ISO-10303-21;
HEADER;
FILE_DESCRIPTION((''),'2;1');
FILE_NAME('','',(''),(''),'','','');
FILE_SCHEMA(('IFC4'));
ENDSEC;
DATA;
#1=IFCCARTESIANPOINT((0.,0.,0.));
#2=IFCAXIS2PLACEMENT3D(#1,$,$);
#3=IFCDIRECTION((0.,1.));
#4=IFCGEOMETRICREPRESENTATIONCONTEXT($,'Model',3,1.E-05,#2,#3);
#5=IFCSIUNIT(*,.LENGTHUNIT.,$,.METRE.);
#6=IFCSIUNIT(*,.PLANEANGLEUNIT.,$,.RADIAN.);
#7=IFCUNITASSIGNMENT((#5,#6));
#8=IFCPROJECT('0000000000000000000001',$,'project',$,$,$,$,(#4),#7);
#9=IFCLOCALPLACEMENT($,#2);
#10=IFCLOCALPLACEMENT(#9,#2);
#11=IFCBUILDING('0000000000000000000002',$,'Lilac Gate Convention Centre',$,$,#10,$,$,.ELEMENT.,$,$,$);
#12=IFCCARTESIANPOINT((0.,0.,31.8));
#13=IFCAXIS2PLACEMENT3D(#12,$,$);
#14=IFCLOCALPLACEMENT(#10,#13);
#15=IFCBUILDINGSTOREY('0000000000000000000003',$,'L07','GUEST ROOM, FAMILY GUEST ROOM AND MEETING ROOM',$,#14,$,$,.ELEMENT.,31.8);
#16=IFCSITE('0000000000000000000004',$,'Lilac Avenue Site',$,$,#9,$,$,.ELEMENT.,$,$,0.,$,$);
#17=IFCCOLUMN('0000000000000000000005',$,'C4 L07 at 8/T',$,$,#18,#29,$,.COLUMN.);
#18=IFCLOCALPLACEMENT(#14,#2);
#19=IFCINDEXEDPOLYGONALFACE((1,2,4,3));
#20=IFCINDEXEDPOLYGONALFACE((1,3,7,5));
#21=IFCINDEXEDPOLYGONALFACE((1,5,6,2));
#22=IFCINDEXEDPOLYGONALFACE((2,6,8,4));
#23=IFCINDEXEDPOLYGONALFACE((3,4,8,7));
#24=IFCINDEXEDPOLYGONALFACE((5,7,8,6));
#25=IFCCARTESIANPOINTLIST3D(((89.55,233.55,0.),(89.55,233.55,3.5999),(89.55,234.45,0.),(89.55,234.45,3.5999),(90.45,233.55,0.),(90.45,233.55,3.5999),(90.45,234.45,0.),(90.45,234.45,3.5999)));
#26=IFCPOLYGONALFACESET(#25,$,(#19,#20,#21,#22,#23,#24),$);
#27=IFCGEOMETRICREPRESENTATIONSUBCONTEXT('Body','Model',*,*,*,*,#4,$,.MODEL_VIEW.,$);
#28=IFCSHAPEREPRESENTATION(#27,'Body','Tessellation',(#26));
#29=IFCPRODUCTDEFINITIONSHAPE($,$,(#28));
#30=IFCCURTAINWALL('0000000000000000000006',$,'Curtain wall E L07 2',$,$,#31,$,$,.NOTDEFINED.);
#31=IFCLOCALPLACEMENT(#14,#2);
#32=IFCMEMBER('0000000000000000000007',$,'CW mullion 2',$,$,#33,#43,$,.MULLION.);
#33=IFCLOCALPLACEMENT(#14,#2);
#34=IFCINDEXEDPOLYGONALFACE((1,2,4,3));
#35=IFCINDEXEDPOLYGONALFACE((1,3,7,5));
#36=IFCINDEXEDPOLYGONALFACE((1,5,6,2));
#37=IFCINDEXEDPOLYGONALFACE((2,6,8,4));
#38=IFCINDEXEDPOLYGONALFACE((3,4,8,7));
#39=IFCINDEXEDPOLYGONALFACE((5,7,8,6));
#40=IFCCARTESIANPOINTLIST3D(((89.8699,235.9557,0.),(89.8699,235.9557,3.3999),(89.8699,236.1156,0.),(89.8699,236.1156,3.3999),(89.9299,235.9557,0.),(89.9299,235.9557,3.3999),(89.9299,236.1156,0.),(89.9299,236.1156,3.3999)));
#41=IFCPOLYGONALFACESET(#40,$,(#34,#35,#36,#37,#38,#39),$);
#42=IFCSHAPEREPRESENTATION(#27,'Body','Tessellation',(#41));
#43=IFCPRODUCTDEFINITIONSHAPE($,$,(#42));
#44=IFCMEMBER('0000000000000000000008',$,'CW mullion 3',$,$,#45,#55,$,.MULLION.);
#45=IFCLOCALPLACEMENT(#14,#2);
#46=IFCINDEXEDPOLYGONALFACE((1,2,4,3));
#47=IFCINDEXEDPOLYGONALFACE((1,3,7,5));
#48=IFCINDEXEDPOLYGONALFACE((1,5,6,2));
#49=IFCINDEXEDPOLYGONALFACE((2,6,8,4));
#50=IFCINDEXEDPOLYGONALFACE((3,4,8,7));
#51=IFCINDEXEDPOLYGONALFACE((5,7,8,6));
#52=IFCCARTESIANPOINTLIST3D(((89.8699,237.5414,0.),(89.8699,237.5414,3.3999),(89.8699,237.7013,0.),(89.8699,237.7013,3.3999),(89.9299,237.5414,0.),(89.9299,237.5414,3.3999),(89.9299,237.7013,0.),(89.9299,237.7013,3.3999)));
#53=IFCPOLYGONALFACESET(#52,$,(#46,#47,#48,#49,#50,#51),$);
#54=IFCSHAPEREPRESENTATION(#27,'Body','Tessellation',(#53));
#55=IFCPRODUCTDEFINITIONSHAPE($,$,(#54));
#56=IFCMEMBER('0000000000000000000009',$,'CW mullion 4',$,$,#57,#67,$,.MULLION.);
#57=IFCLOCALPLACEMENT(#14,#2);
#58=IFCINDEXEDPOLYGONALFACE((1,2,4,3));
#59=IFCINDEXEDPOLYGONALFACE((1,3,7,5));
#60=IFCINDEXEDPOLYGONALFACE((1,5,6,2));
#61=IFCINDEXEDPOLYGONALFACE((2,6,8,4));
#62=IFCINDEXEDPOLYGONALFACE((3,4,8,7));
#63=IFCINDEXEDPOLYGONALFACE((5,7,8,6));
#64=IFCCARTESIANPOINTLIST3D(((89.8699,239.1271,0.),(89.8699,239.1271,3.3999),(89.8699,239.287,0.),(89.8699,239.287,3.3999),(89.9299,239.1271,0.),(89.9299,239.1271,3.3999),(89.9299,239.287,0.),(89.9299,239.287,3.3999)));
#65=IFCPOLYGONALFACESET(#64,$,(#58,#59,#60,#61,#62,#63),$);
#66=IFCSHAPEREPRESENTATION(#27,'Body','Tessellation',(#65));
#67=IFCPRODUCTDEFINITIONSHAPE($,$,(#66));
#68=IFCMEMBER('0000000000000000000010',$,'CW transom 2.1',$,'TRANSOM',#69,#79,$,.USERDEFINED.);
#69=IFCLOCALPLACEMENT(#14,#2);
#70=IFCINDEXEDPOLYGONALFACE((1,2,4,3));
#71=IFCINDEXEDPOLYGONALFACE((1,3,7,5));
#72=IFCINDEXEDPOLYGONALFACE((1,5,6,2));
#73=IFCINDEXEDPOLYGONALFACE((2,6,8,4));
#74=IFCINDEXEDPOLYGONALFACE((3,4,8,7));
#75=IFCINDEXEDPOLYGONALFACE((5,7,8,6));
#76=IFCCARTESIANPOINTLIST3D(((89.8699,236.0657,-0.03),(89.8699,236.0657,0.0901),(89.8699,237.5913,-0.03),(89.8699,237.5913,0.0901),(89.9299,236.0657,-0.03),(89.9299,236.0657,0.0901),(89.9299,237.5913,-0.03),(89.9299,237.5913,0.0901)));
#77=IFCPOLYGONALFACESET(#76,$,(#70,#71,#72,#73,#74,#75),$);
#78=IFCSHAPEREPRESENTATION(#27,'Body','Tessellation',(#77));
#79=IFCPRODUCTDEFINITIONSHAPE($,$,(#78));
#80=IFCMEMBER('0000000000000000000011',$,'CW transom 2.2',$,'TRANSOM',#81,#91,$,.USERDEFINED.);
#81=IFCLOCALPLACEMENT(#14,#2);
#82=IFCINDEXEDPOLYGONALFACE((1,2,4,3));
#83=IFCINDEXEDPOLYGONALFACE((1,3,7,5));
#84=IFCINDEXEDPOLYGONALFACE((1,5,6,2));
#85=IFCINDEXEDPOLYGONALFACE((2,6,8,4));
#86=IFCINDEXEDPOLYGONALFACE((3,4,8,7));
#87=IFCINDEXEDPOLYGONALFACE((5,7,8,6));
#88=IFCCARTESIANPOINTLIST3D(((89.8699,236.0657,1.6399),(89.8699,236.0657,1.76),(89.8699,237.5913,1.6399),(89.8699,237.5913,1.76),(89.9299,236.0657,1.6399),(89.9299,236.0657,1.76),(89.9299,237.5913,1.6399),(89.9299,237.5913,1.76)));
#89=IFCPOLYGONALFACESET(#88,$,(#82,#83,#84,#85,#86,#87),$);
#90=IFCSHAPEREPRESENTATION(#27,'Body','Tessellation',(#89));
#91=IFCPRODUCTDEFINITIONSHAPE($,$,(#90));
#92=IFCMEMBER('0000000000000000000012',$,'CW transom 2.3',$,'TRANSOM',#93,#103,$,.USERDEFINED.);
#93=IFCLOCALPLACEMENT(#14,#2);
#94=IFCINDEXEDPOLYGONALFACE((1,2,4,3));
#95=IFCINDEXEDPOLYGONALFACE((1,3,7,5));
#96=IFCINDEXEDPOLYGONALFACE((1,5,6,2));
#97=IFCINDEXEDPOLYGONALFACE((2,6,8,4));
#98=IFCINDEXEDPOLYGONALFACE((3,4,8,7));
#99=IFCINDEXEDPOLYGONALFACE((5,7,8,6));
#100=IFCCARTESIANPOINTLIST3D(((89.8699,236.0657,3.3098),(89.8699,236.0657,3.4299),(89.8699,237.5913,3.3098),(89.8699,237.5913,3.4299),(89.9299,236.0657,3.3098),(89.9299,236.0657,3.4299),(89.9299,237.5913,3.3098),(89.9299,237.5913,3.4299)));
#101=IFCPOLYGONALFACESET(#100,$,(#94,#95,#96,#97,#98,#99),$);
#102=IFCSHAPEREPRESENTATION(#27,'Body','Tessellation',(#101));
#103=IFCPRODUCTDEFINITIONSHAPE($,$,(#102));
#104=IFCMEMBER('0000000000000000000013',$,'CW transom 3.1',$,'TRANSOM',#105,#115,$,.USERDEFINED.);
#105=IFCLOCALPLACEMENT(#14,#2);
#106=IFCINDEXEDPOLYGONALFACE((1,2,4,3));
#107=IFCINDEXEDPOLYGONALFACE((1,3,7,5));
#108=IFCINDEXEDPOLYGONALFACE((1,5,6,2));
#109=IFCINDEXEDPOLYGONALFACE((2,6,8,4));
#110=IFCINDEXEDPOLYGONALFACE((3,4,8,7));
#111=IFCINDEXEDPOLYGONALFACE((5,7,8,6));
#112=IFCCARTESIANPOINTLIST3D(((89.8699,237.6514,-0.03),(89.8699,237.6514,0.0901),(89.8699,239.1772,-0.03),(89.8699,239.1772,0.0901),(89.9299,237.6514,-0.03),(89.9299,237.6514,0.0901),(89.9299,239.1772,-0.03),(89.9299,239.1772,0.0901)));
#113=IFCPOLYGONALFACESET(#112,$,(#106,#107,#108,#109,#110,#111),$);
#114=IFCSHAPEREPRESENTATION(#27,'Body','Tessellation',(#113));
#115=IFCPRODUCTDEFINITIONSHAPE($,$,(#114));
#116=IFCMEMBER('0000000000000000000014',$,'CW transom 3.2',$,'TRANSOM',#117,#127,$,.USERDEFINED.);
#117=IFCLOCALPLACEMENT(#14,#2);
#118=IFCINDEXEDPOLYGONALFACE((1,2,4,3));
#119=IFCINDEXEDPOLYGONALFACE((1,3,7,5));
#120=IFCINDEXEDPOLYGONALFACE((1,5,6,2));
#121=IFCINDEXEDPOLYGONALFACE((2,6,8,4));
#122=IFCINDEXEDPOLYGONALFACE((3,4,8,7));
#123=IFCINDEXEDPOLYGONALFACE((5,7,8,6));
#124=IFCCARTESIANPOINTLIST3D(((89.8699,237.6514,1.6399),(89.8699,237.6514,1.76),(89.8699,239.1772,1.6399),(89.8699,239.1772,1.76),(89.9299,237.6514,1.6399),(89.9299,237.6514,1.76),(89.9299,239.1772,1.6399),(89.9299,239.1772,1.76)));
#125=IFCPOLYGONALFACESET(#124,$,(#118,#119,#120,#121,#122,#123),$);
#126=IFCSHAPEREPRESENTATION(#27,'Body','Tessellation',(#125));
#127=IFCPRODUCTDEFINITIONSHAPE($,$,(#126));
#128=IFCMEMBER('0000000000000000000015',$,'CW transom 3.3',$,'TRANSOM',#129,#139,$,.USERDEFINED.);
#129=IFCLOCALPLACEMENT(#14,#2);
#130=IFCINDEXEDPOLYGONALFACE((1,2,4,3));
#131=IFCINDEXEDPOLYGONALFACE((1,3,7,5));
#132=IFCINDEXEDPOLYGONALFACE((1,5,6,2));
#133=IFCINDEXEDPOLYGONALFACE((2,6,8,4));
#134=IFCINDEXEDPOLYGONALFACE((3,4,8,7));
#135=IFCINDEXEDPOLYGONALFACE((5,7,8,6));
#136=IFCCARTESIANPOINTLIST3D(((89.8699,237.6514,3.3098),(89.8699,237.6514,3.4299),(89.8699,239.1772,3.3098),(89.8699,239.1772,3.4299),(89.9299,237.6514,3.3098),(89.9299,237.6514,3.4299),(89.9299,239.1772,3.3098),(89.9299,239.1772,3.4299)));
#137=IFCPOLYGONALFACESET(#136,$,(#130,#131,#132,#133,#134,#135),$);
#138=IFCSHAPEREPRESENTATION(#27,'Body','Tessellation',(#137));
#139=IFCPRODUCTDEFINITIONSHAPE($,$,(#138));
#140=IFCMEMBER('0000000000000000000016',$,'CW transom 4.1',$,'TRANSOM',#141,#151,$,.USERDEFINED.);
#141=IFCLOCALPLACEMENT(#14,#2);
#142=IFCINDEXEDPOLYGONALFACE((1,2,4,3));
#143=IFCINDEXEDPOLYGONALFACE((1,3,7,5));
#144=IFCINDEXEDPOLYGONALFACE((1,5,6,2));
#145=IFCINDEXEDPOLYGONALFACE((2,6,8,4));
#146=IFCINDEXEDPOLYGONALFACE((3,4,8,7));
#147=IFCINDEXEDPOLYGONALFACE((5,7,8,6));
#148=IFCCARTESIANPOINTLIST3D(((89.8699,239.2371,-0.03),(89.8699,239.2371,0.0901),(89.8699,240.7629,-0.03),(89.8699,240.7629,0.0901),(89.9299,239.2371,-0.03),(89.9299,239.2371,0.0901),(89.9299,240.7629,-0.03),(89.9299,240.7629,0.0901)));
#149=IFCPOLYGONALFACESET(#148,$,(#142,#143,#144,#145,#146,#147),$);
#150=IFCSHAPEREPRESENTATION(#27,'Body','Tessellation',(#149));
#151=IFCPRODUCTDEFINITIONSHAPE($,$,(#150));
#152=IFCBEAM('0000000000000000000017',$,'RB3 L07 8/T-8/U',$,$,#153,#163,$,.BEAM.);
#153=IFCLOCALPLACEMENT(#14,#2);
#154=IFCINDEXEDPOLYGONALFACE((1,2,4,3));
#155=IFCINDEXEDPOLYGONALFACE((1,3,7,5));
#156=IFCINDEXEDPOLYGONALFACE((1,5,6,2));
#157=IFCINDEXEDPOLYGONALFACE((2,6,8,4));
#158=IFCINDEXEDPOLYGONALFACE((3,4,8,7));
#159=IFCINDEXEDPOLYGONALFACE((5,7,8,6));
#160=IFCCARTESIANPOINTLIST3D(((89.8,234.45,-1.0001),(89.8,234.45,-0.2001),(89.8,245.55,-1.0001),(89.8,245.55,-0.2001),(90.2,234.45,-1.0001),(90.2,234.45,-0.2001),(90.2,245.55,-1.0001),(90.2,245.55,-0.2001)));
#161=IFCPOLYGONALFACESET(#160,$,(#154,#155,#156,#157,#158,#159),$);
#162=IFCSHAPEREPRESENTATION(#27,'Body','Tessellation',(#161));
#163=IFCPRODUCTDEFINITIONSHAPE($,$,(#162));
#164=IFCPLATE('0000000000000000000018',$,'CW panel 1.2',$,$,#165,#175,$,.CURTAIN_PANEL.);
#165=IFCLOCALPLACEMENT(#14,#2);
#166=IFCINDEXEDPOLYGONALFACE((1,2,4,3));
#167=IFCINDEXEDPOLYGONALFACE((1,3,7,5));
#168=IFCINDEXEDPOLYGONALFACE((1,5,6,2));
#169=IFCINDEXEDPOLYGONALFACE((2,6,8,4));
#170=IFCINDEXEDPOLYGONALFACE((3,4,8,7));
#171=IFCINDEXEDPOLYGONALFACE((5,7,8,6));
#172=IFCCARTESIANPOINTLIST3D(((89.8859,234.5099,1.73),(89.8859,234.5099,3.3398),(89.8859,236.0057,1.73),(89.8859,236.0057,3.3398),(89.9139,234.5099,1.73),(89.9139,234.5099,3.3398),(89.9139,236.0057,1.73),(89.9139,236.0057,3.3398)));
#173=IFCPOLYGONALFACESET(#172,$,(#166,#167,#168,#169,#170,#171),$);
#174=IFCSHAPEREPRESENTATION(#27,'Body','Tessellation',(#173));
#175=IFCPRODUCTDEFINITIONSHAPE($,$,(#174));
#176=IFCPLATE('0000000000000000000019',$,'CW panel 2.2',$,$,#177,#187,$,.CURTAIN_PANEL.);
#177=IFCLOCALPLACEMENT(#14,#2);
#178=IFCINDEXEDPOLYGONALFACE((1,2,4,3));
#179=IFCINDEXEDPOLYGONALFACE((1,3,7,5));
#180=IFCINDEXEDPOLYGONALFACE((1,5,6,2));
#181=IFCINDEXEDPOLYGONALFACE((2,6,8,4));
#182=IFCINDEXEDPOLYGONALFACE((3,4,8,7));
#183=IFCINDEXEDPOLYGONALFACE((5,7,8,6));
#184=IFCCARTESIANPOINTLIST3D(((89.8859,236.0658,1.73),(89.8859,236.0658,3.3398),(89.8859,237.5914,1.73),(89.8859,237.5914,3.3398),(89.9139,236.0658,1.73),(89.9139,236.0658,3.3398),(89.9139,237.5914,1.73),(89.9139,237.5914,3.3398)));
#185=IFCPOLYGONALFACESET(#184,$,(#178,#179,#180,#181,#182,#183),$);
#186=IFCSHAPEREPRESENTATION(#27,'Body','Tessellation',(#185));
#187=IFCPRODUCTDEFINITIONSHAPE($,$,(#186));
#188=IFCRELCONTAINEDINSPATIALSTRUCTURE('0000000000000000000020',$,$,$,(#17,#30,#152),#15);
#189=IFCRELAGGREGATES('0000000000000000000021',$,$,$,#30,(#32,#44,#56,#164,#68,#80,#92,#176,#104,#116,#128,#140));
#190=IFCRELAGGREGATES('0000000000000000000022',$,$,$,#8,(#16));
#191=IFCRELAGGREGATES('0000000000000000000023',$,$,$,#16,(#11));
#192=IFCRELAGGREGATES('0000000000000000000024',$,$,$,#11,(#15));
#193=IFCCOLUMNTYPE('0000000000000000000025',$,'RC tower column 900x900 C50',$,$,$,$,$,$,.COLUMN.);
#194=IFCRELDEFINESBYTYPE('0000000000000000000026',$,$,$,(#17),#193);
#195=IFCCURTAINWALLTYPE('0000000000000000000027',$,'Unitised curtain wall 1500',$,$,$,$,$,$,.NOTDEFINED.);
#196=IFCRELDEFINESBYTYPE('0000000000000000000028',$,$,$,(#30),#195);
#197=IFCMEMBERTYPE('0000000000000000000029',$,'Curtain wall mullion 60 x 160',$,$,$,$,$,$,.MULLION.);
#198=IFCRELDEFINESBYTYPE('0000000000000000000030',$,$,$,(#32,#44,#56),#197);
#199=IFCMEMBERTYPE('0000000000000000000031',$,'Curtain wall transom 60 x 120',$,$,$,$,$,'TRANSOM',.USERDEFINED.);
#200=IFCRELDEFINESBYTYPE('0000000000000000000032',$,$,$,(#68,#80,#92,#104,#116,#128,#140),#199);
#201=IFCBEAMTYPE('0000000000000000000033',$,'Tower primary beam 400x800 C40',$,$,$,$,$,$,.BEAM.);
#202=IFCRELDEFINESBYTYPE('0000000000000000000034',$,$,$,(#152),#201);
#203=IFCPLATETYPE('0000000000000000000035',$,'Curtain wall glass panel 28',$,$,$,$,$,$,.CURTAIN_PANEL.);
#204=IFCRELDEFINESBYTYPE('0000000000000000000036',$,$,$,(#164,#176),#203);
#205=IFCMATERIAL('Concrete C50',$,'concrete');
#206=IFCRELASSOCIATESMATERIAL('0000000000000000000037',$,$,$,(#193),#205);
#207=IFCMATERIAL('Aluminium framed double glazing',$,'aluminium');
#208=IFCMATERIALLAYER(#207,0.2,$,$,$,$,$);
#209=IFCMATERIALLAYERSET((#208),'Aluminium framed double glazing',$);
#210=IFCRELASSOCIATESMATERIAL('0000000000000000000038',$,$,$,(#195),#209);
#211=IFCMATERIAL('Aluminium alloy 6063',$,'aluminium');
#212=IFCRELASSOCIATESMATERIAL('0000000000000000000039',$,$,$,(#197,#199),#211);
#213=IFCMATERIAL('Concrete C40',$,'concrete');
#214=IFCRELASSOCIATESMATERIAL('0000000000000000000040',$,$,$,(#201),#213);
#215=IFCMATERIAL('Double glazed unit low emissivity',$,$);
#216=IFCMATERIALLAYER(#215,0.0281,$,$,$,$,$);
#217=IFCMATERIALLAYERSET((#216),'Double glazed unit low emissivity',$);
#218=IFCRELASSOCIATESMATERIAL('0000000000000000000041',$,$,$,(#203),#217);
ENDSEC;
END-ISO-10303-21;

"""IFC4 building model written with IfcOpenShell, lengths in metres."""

from ifc_helpers import new_model, si_unit, direction, frame, origin, origin_2d, place, context, subcontext, project, spatial, rectangle, extrude, material, layer, layer_set, material_profile, profile_set, type_object, element, aggregate, save


model = new_model("IFC4")

# Units and contexts
model_context = context("Model", 3, precision=1e-05, world=origin(), true_north=direction((0.0, 1.0)))
body_context = subcontext(model_context, "Body", "Model", "MODEL_VIEW")
ifc_project = project(units=[si_unit("LENGTHUNIT", "METRE"), si_unit("PLANEANGLEUNIT", "RADIAN")], contexts=[model_context])

# Site, building, storey
site_placement = place(None, origin())
site = spatial("IfcSite", under=ifc_project, at=site_placement, Name="Lilac Avenue Site", CompositionType="ELEMENT", RefElevation=0.0)
building_placement = place(site_placement, origin())
building = spatial("IfcBuilding", under=site, at=building_placement, Name="Lilac Gate Convention Centre", CompositionType="ELEMENT")
storey_placement = place(building_placement, frame((0.0, 0.0, 31.8)))
storey = spatial("IfcBuildingStorey", under=building, at=storey_placement, Name="L07", Description="GUEST ROOM, FAMILY GUEST ROOM AND MEETING ROOM", CompositionType="ELEMENT", Elevation=31.8)

# Column
ifc_material_1 = material(Name="Concrete C50", Category="concrete")
ifc_material_profile_1 = material_profile(ifc_material_1, rectangle(XDim=0.8999, YDim=0.8999, at=origin_2d()), Name="RC 900x900")
ifc_profile_set_1 = profile_set([ifc_material_profile_1], Name="Concrete C50")
column_type = type_object("IfcColumnType", Name="RC tower column 900x900 C50", PredefinedType="COLUMN", material=ifc_profile_set_1)
column_placement = place(storey_placement, frame((90.0, 234.0, 0.0), z_axis=(0.0, 0.0, 1.0), x_axis=(1.0, 0.0, 0.0)))
element("IfcColumn", 1, at=column_placement, inside=storey, type_object=column_type, Name="C4 L07 at 8/T", PredefinedType="COLUMN", context=body_context, shape_type="SweptSolid", body=[
    extrude(rectangle(XDim=0.8999, YDim=0.8999, at=origin_2d()), origin(), (0.0, 0.0, 1.0), 3.5999),
])

# Curtain wall, members
ifc_material_2 = material(Name="Aluminium framed double glazing", Category="aluminium")
ifc_layer_1 = layer(ifc_material_2, 0.2)
ifc_layer_set_1 = layer_set([ifc_layer_1], Name="Aluminium framed double glazing")
curtain_wall_type = type_object("IfcCurtainWallType", Name="Unitised curtain wall 1500", PredefinedType="NOTDEFINED", material=ifc_layer_set_1)
curtain_wall_placement = place(storey_placement, origin())
curtain_wall = element("IfcCurtainWall", 2, at=curtain_wall_placement, inside=storey, type_object=curtain_wall_type, Name="Curtain wall E L07 2", PredefinedType="NOTDEFINED")
ifc_material_3 = material(Name="Aluminium alloy 6063", Category="aluminium")
ifc_material_profile_2 = material_profile(ifc_material_3, rectangle(XDim=0.0601, YDim=0.1599, at=origin_2d()), Name="Curtain wall mullion 60 x 160")
ifc_profile_set_2 = profile_set([ifc_material_profile_2], Name="Aluminium alloy 6063")
member_type_1 = type_object("IfcMemberType", Name="Curtain wall mullion 60 x 160", PredefinedType="MULLION", material=ifc_profile_set_2)
member_1_placement = place(storey_placement, frame((89.8999, 236.0356, 0.0), z_axis=(0.0, 0.0, 1.0), x_axis=(-1.0, 0.0, 0.0)))
member_1 = element("IfcMember", 3, at=member_1_placement, type_object=member_type_1, Name="CW mullion 2", PredefinedType="MULLION", context=body_context, shape_type="SweptSolid", body=[
    extrude(rectangle(XDim=0.0601, YDim=0.1599, at=origin_2d()), origin(), (0.0, 0.0, 1.0), 3.3999),
])
member_2_placement = place(storey_placement, frame((89.8999, 237.6213, 0.0), z_axis=(0.0, 0.0, 1.0), x_axis=(-1.0, 0.0, 0.0)))
member_2 = element("IfcMember", 4, at=member_2_placement, type_object=member_type_1, Name="CW mullion 3", PredefinedType="MULLION", context=body_context, shape_type="SweptSolid", body=[
    extrude(rectangle(XDim=0.0601, YDim=0.1599, at=origin_2d()), origin(), (0.0, 0.0, 1.0), 3.3999),
])
member_3_placement = place(storey_placement, frame((89.8999, 239.207, 0.0), z_axis=(0.0, 0.0, 1.0), x_axis=(-1.0, 0.0, 0.0)))
member_3 = element("IfcMember", 5, at=member_3_placement, type_object=member_type_1, Name="CW mullion 4", PredefinedType="MULLION", context=body_context, shape_type="SweptSolid", body=[
    extrude(rectangle(XDim=0.0601, YDim=0.1599, at=origin_2d()), origin(), (0.0, 0.0, 1.0), 3.3999),
])
ifc_material_profile_3 = material_profile(ifc_material_3, rectangle(XDim=0.0601, YDim=0.1201, at=origin_2d()), Name="Curtain wall transom 60 x 120")
ifc_profile_set_3 = profile_set([ifc_material_profile_3], Name="Aluminium alloy 6063")
member_type_2 = type_object("IfcMemberType", Name="Curtain wall transom 60 x 120", ElementType="TRANSOM", PredefinedType="USERDEFINED", material=ifc_profile_set_3)
member_4_placement = place(storey_placement, frame((89.8999, 236.0657, 0.03), z_axis=(0.0, 1.0, 0.0), x_axis=(-1.0, 0.0, 0.0)))
member_4 = element("IfcMember", 6, at=member_4_placement, type_object=member_type_2, Name="CW transom 2.1", ObjectType="TRANSOM", PredefinedType="USERDEFINED", context=body_context, shape_type="SweptSolid", body=[
    extrude(rectangle(XDim=0.0601, YDim=0.1201, at=origin_2d()), origin(), (0.0, 0.0, 1.0), 1.5256),
])
member_5_placement = place(storey_placement, frame((89.8999, 236.0657, 1.7), z_axis=(0.0, 1.0, 0.0), x_axis=(-1.0, 0.0, 0.0)))
member_5 = element("IfcMember", 7, at=member_5_placement, type_object=member_type_2, Name="CW transom 2.2", ObjectType="TRANSOM", PredefinedType="USERDEFINED", context=body_context, shape_type="SweptSolid", body=[
    extrude(rectangle(XDim=0.0601, YDim=0.1201, at=origin_2d()), origin(), (0.0, 0.0, 1.0), 1.5256),
])
member_6_placement = place(storey_placement, frame((89.8999, 236.0657, 3.3699), z_axis=(0.0, 1.0, 0.0), x_axis=(-1.0, 0.0, 0.0)))
member_6 = element("IfcMember", 8, at=member_6_placement, type_object=member_type_2, Name="CW transom 2.3", ObjectType="TRANSOM", PredefinedType="USERDEFINED", context=body_context, shape_type="SweptSolid", body=[
    extrude(rectangle(XDim=0.0601, YDim=0.1201, at=origin_2d()), origin(), (0.0, 0.0, 1.0), 1.5256),
])
member_7_placement = place(storey_placement, frame((89.8999, 237.6514, 0.03), z_axis=(0.0, 1.0, 0.0), x_axis=(-1.0, 0.0, 0.0)))
member_7 = element("IfcMember", 9, at=member_7_placement, type_object=member_type_2, Name="CW transom 3.1", ObjectType="TRANSOM", PredefinedType="USERDEFINED", context=body_context, shape_type="SweptSolid", body=[
    extrude(rectangle(XDim=0.0601, YDim=0.1201, at=origin_2d()), origin(), (0.0, 0.0, 1.0), 1.5259),
])
member_8_placement = place(storey_placement, frame((89.8999, 237.6514, 1.7), z_axis=(0.0, 1.0, 0.0), x_axis=(-1.0, 0.0, 0.0)))
member_8 = element("IfcMember", 10, at=member_8_placement, type_object=member_type_2, Name="CW transom 3.2", ObjectType="TRANSOM", PredefinedType="USERDEFINED", context=body_context, shape_type="SweptSolid", body=[
    extrude(rectangle(XDim=0.0601, YDim=0.1201, at=origin_2d()), origin(), (0.0, 0.0, 1.0), 1.5259),
])
member_9_placement = place(storey_placement, frame((89.8999, 237.6514, 3.3699), z_axis=(0.0, 1.0, 0.0), x_axis=(-1.0, 0.0, 0.0)))
member_9 = element("IfcMember", 11, at=member_9_placement, type_object=member_type_2, Name="CW transom 3.3", ObjectType="TRANSOM", PredefinedType="USERDEFINED", context=body_context, shape_type="SweptSolid", body=[
    extrude(rectangle(XDim=0.0601, YDim=0.1201, at=origin_2d()), origin(), (0.0, 0.0, 1.0), 1.5259),
])
member_10_placement = place(storey_placement, frame((89.8999, 239.2371, 0.03), z_axis=(0.0, 1.0, 0.0), x_axis=(-1.0, 0.0, 0.0)))
member_10 = element("IfcMember", 12, at=member_10_placement, type_object=member_type_2, Name="CW transom 4.1", ObjectType="TRANSOM", PredefinedType="USERDEFINED", context=body_context, shape_type="SweptSolid", body=[
    extrude(rectangle(XDim=0.0601, YDim=0.1201, at=origin_2d()), origin(), (0.0, 0.0, 1.0), 1.5259),
])

# Beam
ifc_material_4 = material(Name="Concrete C40", Category="concrete")
ifc_material_profile_4 = material_profile(ifc_material_4, rectangle(XDim=0.3999, YDim=0.8, at=origin_2d()), Name="RC 400x800")
ifc_profile_set_4 = profile_set([ifc_material_profile_4], Name="Concrete C40")
beam_type = type_object("IfcBeamType", Name="Tower primary beam 400x800 C40", PredefinedType="BEAM", material=ifc_profile_set_4)
beam_placement = place(storey_placement, frame((90.0, 234.45, -0.6001), z_axis=(0.0, 1.0, 0.0), x_axis=(-1.0, 0.0, 0.0)))
element("IfcBeam", 13, at=beam_placement, inside=storey, type_object=beam_type, Name="RB3 L07 8/T-8/U", PredefinedType="BEAM", context=body_context, shape_type="SweptSolid", body=[
    extrude(rectangle(XDim=0.3999, YDim=0.8, at=origin_2d()), origin(), (0.0, 0.0, 1.0), 11.1001),
])

# Plates
ifc_material_5 = material(Name="Double glazed unit low emissivity")
ifc_layer_2 = layer(ifc_material_5, 0.0281)
ifc_layer_set_2 = layer_set([ifc_layer_2], Name="Double glazed unit low emissivity")
plate_type_1 = type_object("IfcPlateType", Name="Curtain wall glass panel 28", PredefinedType="CURTAIN_PANEL", material=ifc_layer_set_2)
plate_1_placement = place(storey_placement, frame((89.8999, 235.2578, 1.73), z_axis=(0.0, 0.0, 1.0), x_axis=(0.0, 1.0, 0.0)))
plate_1 = element("IfcPlate", 14, at=plate_1_placement, type_object=plate_type_1, Name="CW panel 1.2", PredefinedType="CURTAIN_PANEL", context=body_context, shape_type="SweptSolid", body=[
    extrude(rectangle(XDim=1.4958, YDim=0.0281, at=origin_2d()), origin(), (0.0, 0.0, 1.0), 1.6099),
])
plate_2_placement = place(storey_placement, frame((89.8999, 236.8286, 1.73), z_axis=(0.0, 0.0, 1.0), x_axis=(0.0, 1.0, 0.0)))
plate_2 = element("IfcPlate", 15, at=plate_2_placement, type_object=plate_type_1, Name="CW panel 2.2", PredefinedType="CURTAIN_PANEL", context=body_context, shape_type="SweptSolid", body=[
    extrude(rectangle(XDim=1.5256, YDim=0.0281, at=origin_2d()), origin(), (0.0, 0.0, 1.0), 1.6099),
])
aggregate(curtain_wall, [member_1, member_2, member_3, plate_1, member_4, member_5, member_6, plate_2, member_7, member_8, member_9, member_10])

save(model, "model.ifc")
